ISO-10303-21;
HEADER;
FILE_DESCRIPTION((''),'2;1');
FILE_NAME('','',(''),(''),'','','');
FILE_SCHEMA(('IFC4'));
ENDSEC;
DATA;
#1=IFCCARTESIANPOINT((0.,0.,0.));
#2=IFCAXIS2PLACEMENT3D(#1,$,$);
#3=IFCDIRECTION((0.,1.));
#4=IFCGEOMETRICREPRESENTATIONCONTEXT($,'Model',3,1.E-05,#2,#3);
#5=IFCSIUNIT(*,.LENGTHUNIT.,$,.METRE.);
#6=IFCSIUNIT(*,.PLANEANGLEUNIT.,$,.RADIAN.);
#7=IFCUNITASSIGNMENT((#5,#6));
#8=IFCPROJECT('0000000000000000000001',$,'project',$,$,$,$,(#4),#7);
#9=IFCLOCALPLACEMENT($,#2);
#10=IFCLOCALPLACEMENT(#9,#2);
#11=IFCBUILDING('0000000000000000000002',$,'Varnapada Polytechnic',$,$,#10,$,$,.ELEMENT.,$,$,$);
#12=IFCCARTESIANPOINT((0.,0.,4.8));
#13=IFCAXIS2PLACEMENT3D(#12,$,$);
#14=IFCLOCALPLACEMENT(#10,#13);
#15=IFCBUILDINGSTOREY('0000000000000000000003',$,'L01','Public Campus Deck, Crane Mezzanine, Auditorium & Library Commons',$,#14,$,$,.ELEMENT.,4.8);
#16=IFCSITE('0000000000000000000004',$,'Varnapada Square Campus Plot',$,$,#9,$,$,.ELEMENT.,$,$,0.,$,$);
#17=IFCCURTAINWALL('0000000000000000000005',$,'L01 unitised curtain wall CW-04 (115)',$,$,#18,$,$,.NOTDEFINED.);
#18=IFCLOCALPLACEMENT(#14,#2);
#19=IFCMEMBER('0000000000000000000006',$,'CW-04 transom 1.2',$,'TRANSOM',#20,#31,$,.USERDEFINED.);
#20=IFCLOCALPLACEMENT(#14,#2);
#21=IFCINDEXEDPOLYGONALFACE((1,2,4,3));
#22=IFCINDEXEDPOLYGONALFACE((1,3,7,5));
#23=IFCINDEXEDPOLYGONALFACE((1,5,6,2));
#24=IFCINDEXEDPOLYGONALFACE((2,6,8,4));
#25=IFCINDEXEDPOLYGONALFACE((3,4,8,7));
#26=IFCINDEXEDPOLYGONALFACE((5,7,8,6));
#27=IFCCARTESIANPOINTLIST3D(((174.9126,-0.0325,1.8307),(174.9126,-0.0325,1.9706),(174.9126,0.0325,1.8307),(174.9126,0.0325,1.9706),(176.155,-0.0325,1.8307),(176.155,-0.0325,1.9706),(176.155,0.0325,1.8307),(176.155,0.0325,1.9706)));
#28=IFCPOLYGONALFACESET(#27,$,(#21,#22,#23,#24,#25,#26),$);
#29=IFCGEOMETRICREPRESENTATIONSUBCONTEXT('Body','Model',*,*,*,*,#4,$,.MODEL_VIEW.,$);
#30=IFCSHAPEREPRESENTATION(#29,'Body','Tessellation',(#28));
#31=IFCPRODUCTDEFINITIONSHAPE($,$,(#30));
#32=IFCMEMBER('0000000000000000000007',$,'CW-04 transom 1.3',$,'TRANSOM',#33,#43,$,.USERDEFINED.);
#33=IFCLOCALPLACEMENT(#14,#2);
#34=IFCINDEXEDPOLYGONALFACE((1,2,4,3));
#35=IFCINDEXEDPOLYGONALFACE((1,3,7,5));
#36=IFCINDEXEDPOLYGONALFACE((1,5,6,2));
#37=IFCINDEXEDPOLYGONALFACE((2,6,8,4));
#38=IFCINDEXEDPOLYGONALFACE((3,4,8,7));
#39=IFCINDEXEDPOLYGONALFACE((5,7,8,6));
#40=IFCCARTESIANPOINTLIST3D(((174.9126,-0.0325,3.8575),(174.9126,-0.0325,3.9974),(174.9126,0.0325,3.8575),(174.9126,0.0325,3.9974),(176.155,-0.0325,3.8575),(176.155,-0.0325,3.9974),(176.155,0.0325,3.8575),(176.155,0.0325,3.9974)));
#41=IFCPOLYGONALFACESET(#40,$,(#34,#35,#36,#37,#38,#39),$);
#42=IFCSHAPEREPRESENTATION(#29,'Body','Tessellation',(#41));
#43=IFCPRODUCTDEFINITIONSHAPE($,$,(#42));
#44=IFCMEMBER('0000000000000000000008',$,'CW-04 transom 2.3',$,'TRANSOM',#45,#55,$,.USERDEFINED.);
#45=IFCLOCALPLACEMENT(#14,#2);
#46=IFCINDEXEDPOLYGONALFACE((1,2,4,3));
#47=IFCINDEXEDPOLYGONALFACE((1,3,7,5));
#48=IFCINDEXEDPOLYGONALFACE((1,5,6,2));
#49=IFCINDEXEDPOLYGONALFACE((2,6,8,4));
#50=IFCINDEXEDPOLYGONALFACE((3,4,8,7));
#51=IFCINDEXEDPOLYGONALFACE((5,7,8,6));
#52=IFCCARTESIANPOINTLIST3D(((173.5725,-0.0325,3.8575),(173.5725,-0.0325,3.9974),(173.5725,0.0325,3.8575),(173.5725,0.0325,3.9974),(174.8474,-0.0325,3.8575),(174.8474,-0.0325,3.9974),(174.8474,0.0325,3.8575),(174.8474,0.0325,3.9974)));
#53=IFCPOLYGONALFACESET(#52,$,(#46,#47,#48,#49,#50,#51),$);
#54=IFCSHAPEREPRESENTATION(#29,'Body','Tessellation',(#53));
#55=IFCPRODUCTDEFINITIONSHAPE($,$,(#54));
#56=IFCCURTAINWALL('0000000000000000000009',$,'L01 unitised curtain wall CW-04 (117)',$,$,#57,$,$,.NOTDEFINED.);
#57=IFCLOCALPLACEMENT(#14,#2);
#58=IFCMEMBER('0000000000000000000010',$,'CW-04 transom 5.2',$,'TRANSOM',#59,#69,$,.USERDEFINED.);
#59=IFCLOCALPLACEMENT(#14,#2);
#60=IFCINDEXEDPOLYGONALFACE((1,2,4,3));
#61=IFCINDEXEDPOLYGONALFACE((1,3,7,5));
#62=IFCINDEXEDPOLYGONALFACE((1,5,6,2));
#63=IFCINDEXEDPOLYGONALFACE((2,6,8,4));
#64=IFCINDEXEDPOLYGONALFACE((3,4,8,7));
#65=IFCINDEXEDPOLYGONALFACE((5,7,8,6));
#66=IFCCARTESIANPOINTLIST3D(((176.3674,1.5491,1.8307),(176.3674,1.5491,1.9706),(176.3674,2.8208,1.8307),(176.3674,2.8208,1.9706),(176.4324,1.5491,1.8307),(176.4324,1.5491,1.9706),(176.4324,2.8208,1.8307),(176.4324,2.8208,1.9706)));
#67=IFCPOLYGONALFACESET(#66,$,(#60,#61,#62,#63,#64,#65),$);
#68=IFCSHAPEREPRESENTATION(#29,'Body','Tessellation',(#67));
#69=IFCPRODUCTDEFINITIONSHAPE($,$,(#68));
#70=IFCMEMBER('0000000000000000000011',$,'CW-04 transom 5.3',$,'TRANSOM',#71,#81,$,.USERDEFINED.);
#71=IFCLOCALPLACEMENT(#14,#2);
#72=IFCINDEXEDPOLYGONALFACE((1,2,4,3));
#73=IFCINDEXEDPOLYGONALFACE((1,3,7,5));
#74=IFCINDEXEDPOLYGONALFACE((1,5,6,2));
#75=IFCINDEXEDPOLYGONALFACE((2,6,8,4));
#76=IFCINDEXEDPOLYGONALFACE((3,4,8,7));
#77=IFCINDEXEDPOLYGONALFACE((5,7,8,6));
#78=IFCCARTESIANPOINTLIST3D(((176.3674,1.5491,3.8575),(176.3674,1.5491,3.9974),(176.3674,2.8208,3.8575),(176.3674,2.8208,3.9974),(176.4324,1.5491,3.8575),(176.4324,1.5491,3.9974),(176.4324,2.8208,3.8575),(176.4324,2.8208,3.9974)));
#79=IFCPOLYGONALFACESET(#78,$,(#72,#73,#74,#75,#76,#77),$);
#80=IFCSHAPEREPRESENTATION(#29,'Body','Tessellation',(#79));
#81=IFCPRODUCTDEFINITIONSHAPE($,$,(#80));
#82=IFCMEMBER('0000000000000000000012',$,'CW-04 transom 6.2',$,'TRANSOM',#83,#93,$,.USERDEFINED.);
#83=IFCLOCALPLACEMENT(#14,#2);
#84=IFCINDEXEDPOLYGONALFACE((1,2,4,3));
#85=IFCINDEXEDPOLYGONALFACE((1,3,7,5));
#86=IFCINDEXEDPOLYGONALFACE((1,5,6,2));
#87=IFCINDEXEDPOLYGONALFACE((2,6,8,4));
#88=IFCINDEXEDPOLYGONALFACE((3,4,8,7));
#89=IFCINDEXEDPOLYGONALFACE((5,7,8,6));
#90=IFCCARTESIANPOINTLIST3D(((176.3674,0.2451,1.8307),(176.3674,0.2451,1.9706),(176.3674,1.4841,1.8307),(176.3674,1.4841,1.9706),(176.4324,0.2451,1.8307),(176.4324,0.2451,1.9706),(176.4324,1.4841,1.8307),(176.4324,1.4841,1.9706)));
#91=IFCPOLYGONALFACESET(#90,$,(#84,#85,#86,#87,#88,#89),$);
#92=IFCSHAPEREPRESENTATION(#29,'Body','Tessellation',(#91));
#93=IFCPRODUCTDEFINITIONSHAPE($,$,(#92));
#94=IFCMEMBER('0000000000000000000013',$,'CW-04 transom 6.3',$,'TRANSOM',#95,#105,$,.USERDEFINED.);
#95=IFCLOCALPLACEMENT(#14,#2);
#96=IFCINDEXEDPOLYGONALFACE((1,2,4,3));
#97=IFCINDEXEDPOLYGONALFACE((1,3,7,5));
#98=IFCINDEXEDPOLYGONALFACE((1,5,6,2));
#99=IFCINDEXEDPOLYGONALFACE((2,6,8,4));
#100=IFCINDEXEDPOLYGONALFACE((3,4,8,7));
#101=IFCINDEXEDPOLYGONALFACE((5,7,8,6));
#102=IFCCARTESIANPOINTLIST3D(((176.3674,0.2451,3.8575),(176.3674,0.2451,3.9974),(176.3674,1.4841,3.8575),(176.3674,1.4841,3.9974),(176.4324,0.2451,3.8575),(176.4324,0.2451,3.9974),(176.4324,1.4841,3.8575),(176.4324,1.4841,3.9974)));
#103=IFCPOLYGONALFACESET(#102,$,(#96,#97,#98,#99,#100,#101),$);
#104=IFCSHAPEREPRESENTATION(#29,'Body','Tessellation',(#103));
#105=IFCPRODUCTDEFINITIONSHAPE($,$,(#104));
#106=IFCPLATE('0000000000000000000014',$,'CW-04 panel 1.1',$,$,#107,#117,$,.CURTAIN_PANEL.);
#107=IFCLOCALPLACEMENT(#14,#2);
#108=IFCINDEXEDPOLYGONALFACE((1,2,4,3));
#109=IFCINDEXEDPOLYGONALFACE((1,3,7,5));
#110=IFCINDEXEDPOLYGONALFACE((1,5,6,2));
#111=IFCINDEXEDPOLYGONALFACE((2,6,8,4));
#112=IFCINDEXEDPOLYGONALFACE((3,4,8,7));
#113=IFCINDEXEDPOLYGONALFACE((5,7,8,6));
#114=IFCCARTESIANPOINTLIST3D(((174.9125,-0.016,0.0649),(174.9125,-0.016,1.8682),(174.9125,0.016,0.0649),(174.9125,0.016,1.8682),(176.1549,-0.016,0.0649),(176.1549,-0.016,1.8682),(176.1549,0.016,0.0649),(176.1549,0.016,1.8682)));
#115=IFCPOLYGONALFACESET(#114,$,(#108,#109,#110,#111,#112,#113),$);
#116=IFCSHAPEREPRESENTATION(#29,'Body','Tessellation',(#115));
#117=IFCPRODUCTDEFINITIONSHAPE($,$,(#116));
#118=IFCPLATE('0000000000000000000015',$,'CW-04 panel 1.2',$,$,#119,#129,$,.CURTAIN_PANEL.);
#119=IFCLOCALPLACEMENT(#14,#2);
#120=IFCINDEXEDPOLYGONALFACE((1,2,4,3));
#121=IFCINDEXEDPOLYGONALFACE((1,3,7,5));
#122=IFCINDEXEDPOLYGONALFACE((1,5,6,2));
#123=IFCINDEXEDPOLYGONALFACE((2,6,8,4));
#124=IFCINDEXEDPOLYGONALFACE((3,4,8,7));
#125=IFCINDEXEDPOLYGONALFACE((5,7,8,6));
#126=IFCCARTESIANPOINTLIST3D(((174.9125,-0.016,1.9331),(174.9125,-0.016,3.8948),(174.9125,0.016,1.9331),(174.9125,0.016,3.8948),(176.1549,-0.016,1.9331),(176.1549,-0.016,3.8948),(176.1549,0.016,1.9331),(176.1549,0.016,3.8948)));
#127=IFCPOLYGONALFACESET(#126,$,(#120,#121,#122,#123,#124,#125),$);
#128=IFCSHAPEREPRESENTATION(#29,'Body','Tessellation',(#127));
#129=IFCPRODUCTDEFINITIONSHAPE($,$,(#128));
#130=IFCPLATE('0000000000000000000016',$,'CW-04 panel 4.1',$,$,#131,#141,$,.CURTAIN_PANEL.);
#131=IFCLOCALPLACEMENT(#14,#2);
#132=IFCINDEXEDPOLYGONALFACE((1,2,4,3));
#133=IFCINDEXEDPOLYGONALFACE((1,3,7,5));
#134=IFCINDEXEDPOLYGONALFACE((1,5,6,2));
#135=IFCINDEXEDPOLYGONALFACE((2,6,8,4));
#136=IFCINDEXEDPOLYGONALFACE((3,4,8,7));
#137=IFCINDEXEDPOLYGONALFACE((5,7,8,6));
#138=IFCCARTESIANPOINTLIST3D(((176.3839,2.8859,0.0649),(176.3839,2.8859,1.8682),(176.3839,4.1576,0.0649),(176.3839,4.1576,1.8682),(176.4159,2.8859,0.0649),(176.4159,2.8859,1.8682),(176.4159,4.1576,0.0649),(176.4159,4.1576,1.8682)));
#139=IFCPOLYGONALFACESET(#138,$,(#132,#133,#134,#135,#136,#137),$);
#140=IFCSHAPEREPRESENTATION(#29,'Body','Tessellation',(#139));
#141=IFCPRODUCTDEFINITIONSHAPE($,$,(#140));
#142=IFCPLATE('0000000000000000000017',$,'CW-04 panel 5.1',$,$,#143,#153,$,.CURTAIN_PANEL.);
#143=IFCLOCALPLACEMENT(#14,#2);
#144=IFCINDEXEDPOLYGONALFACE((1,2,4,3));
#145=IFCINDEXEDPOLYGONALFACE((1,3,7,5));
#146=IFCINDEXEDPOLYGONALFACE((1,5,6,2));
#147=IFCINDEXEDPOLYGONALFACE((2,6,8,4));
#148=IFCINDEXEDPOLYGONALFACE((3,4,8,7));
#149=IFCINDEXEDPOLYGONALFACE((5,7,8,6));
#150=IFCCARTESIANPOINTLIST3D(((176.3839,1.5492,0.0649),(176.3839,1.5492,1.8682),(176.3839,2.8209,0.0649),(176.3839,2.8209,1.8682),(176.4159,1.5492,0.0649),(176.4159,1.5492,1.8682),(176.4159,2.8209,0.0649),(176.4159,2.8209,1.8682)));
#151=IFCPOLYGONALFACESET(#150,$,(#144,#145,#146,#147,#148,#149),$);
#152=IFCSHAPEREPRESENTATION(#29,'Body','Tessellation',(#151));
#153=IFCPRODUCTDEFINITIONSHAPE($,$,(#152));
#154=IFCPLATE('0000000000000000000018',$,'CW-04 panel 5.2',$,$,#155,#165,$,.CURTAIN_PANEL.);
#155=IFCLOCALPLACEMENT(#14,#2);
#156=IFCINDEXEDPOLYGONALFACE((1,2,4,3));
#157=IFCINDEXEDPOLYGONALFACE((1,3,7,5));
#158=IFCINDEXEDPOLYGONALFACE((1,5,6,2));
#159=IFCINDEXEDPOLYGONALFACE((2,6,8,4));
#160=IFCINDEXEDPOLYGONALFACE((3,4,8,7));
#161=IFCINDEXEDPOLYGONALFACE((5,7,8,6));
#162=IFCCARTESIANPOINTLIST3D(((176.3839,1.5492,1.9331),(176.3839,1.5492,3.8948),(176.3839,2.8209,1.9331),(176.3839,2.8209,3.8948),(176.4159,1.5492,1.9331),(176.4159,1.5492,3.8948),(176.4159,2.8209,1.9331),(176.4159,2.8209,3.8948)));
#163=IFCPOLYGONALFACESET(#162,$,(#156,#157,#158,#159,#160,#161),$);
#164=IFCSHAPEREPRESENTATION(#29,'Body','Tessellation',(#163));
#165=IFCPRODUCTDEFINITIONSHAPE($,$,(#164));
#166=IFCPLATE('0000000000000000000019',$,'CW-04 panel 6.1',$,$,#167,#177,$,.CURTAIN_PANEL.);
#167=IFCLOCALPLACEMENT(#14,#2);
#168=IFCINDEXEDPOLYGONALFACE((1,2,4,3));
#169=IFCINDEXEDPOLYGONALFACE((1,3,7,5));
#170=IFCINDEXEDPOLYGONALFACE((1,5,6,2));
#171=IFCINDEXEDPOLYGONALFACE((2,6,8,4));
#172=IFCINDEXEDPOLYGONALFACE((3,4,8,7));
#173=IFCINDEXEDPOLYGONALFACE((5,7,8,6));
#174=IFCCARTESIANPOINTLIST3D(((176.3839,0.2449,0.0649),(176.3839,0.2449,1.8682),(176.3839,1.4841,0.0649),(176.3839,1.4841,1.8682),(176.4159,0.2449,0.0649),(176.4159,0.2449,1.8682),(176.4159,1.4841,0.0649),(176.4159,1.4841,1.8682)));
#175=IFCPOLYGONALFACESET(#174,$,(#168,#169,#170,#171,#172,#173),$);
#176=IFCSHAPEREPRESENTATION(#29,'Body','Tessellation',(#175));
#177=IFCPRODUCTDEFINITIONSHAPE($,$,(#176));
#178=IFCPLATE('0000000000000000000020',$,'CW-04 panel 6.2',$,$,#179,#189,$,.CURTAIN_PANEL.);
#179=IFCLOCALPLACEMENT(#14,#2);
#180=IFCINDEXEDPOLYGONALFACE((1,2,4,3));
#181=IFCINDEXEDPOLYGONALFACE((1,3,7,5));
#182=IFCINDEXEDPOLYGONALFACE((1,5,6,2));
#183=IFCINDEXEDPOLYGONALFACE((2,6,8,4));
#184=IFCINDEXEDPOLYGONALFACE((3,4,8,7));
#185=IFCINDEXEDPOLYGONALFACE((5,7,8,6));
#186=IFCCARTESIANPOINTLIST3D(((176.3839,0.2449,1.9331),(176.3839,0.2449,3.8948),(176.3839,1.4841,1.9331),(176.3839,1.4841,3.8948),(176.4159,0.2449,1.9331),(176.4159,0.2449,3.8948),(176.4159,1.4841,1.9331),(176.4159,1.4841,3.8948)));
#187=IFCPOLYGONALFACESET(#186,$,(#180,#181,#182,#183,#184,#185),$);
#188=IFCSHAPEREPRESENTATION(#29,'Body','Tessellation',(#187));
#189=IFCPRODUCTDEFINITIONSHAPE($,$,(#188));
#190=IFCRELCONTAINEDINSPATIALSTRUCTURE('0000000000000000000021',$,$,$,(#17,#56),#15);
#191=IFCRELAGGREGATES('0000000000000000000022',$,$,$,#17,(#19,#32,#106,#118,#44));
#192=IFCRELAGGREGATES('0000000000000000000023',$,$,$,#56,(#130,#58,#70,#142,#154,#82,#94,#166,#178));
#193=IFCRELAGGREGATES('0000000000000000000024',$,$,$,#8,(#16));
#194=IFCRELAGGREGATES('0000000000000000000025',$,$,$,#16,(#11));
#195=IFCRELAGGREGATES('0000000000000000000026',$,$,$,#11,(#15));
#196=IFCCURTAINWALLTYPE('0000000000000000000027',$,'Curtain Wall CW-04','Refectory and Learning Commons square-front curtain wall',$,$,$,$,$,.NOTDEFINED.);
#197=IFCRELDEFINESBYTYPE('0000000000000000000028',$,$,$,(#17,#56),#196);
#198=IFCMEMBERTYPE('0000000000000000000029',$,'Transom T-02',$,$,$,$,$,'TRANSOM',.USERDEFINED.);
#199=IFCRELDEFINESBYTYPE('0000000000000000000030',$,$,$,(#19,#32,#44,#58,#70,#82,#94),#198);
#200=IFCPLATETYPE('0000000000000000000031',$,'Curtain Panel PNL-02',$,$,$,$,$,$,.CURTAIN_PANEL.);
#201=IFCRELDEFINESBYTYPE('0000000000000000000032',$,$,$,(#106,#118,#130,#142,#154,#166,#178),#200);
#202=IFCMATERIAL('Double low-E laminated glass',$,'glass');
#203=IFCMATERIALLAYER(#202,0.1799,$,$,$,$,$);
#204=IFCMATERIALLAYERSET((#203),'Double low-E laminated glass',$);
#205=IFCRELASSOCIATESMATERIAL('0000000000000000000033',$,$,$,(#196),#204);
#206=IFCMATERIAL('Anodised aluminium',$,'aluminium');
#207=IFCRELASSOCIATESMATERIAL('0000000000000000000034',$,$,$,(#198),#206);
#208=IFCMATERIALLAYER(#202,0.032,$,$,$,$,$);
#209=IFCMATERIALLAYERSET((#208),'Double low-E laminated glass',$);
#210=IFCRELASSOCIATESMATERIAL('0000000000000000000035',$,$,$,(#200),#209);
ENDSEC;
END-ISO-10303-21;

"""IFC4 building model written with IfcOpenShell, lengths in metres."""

from ifc_helpers import new_model, si_unit, direction, frame, origin, origin_2d, place, context, subcontext, project, spatial, rectangle, extrude, material, layer, layer_set, material_profile, profile_set, type_object, element, aggregate, save


model = new_model("IFC4")

# Units and contexts
model_context = context("Model", 3, precision=1e-05, world=origin(), true_north=direction((0.0, 1.0)))
body_context = subcontext(model_context, "Body", "Model", "MODEL_VIEW")
ifc_project = project(units=[si_unit("LENGTHUNIT", "METRE"), si_unit("PLANEANGLEUNIT", "RADIAN")], contexts=[model_context])

# Site, building, storey
site_placement = place(None, origin())
site = spatial("IfcSite", under=ifc_project, at=site_placement, Name="Varnapada Square Campus Plot", CompositionType="ELEMENT", RefElevation=0.0)
building_placement = place(site_placement, origin())
building = spatial("IfcBuilding", under=site, at=building_placement, Name="Varnapada Polytechnic", CompositionType="ELEMENT")
storey_placement = place(building_placement, frame((0.0, 0.0, 4.8)))
storey = spatial("IfcBuildingStorey", under=building, at=storey_placement, Name="L01", Description="Public Campus Deck, Crane Mezzanine, Auditorium & Library Commons", CompositionType="ELEMENT", Elevation=4.8)

# Curtain walls, members
ifc_material_1 = material(Name="Double low-E laminated glass", Category="glass")
ifc_layer_1 = layer(ifc_material_1, 0.1799)
ifc_layer_set_1 = layer_set([ifc_layer_1], Name="Double low-E laminated glass")
curtain_wall_type = type_object("IfcCurtainWallType", Name="Curtain Wall CW-04", Description="Refectory and Learning Commons square-front curtain wall", PredefinedType="NOTDEFINED", material=ifc_layer_set_1)
curtain_wall_1_placement = place(storey_placement, origin())
curtain_wall_1 = element("IfcCurtainWall", 1, at=curtain_wall_1_placement, inside=storey, type_object=curtain_wall_type, Name="L01 unitised curtain wall CW-04 (115)", PredefinedType="NOTDEFINED")
ifc_material_2 = material(Name="Anodised aluminium", Category="aluminium")
ifc_material_profile = material_profile(ifc_material_2, rectangle(XDim=0.0649, YDim=0.1399, at=origin_2d()), Name="ALU T65x140")
ifc_profile_set = profile_set([ifc_material_profile], Name="Anodised aluminium")
member_type = type_object("IfcMemberType", Name="Transom T-02", ElementType="TRANSOM", PredefinedType="USERDEFINED", material=ifc_profile_set)
member_1_placement = place(storey_placement, frame((176.155, 0.0, 1.9006), z_axis=(-1.0, 0.0, 0.0), x_axis=(0.0, -1.0, 0.0)))
member_1 = element("IfcMember", 2, at=member_1_placement, type_object=member_type, Name="CW-04 transom 1.2", ObjectType="TRANSOM", PredefinedType="USERDEFINED", context=body_context, shape_type="SweptSolid", body=[
    extrude(rectangle(XDim=0.0649, YDim=0.1399, at=origin_2d()), origin(), (0.0, 0.0, 1.0), 1.2424),
])
member_2_placement = place(storey_placement, frame((176.155, 0.0, 3.9275), z_axis=(-1.0, 0.0, 0.0), x_axis=(0.0, -1.0, 0.0)))
member_2 = element("IfcMember", 3, at=member_2_placement, type_object=member_type, Name="CW-04 transom 1.3", ObjectType="TRANSOM", PredefinedType="USERDEFINED", context=body_context, shape_type="SweptSolid", body=[
    extrude(rectangle(XDim=0.0649, YDim=0.1399, at=origin_2d()), origin(), (0.0, 0.0, 1.0), 1.2424),
])
member_3_placement = place(storey_placement, frame((174.8474, 0.0, 3.9275), z_axis=(-1.0, 0.0, 0.0), x_axis=(0.0, -1.0, 0.0)))
member_3 = element("IfcMember", 4, at=member_3_placement, type_object=member_type, Name="CW-04 transom 2.3", ObjectType="TRANSOM", PredefinedType="USERDEFINED", context=body_context, shape_type="SweptSolid", body=[
    extrude(rectangle(XDim=0.0649, YDim=0.1399, at=origin_2d()), origin(), (0.0, 0.0, 1.0), 1.2749),
])
curtain_wall_2_placement = place(storey_placement, origin())
curtain_wall_2 = element("IfcCurtainWall", 5, at=curtain_wall_2_placement, inside=storey, type_object=curtain_wall_type, Name="L01 unitised curtain wall CW-04 (117)", PredefinedType="NOTDEFINED")
member_4_placement = place(storey_placement, frame((176.3999, 2.8208, 1.9006), z_axis=(0.0, -1.0, 0.0), x_axis=(1.0, 0.0, 0.0)))
member_4 = element("IfcMember", 6, at=member_4_placement, type_object=member_type, Name="CW-04 transom 5.2", ObjectType="TRANSOM", PredefinedType="USERDEFINED", context=body_context, shape_type="SweptSolid", body=[
    extrude(rectangle(XDim=0.0649, YDim=0.1399, at=origin_2d()), origin(), (0.0, 0.0, 1.0), 1.2717),
])
member_5_placement = place(storey_placement, frame((176.3999, 2.8208, 3.9275), z_axis=(0.0, -1.0, 0.0), x_axis=(1.0, 0.0, 0.0)))
member_5 = element("IfcMember", 7, at=member_5_placement, type_object=member_type, Name="CW-04 transom 5.3", ObjectType="TRANSOM", PredefinedType="USERDEFINED", context=body_context, shape_type="SweptSolid", body=[
    extrude(rectangle(XDim=0.0649, YDim=0.1399, at=origin_2d()), origin(), (0.0, 0.0, 1.0), 1.2717),
])
member_6_placement = place(storey_placement, frame((176.3999, 1.4841, 1.9006), z_axis=(0.0, -1.0, 0.0), x_axis=(1.0, 0.0, 0.0)))
member_6 = element("IfcMember", 8, at=member_6_placement, type_object=member_type, Name="CW-04 transom 6.2", ObjectType="TRANSOM", PredefinedType="USERDEFINED", context=body_context, shape_type="SweptSolid", body=[
    extrude(rectangle(XDim=0.0649, YDim=0.1399, at=origin_2d()), origin(), (0.0, 0.0, 1.0), 1.239),
])
member_7_placement = place(storey_placement, frame((176.3999, 1.4841, 3.9275), z_axis=(0.0, -1.0, 0.0), x_axis=(1.0, 0.0, 0.0)))
member_7 = element("IfcMember", 9, at=member_7_placement, type_object=member_type, Name="CW-04 transom 6.3", ObjectType="TRANSOM", PredefinedType="USERDEFINED", context=body_context, shape_type="SweptSolid", body=[
    extrude(rectangle(XDim=0.0649, YDim=0.1399, at=origin_2d()), origin(), (0.0, 0.0, 1.0), 1.239),
])

# Plates
ifc_layer_2 = layer(ifc_material_1, 0.032)
ifc_layer_set_2 = layer_set([ifc_layer_2], Name="Double low-E laminated glass")
plate_type = type_object("IfcPlateType", Name="Curtain Panel PNL-02", PredefinedType="CURTAIN_PANEL", material=ifc_layer_set_2)
plate_1_placement = place(storey_placement, frame((175.5337, 0.0, 0.0649), z_axis=(0.0, 0.0, 1.0), x_axis=(-1.0, 0.0, 0.0)))
plate_1 = element("IfcPlate", 10, at=plate_1_placement, type_object=plate_type, Name="CW-04 panel 1.1", PredefinedType="CURTAIN_PANEL", context=body_context, shape_type="SweptSolid", body=[
    extrude(rectangle(XDim=1.2424, YDim=0.032, at=origin_2d()), origin(), (0.0, 0.0, 1.0), 1.8032),
])
plate_2_placement = place(storey_placement, frame((175.5337, 0.0, 1.9331), z_axis=(0.0, 0.0, 1.0), x_axis=(-1.0, 0.0, 0.0)))
plate_2 = element("IfcPlate", 11, at=plate_2_placement, type_object=plate_type, Name="CW-04 panel 1.2", PredefinedType="CURTAIN_PANEL", context=body_context, shape_type="SweptSolid", body=[
    extrude(rectangle(XDim=1.2424, YDim=0.032, at=origin_2d()), origin(), (0.0, 0.0, 1.0), 1.9617),
])
aggregate(curtain_wall_1, [member_1, member_2, plate_1, plate_2, member_3])
plate_3_placement = place(storey_placement, frame((176.3999, 3.5217, 0.0649), z_axis=(0.0, 0.0, 1.0), x_axis=(0.0, -1.0, 0.0)))
plate_3 = element("IfcPlate", 12, at=plate_3_placement, type_object=plate_type, Name="CW-04 panel 4.1", PredefinedType="CURTAIN_PANEL", context=body_context, shape_type="SweptSolid", body=[
    extrude(rectangle(XDim=1.2717, YDim=0.032, at=origin_2d()), origin(), (0.0, 0.0, 1.0), 1.8032),
])
plate_4_placement = place(storey_placement, frame((176.3999, 2.1851, 0.0649), z_axis=(0.0, 0.0, 1.0), x_axis=(0.0, -1.0, 0.0)))
plate_4 = element("IfcPlate", 13, at=plate_4_placement, type_object=plate_type, Name="CW-04 panel 5.1", PredefinedType="CURTAIN_PANEL", context=body_context, shape_type="SweptSolid", body=[
    extrude(rectangle(XDim=1.2717, YDim=0.032, at=origin_2d()), origin(), (0.0, 0.0, 1.0), 1.8032),
])
plate_5_placement = place(storey_placement, frame((176.3999, 2.1851, 1.9331), z_axis=(0.0, 0.0, 1.0), x_axis=(0.0, -1.0, 0.0)))
plate_5 = element("IfcPlate", 14, at=plate_5_placement, type_object=plate_type, Name="CW-04 panel 5.2", PredefinedType="CURTAIN_PANEL", context=body_context, shape_type="SweptSolid", body=[
    extrude(rectangle(XDim=1.2717, YDim=0.032, at=origin_2d()), origin(), (0.0, 0.0, 1.0), 1.9617),
])
plate_6_placement = place(storey_placement, frame((176.3999, 0.8645, 0.0649), z_axis=(0.0, 0.0, 1.0), x_axis=(0.0, -1.0, 0.0)))
plate_6 = element("IfcPlate", 15, at=plate_6_placement, type_object=plate_type, Name="CW-04 panel 6.1", PredefinedType="CURTAIN_PANEL", context=body_context, shape_type="SweptSolid", body=[
    extrude(rectangle(XDim=1.2393, YDim=0.032, at=origin_2d()), origin(), (0.0, 0.0, 1.0), 1.8032),
])
plate_7_placement = place(storey_placement, frame((176.3999, 0.8645, 1.9331), z_axis=(0.0, 0.0, 1.0), x_axis=(0.0, -1.0, 0.0)))
plate_7 = element("IfcPlate", 16, at=plate_7_placement, type_object=plate_type, Name="CW-04 panel 6.2", PredefinedType="CURTAIN_PANEL", context=body_context, shape_type="SweptSolid", body=[
    extrude(rectangle(XDim=1.2393, YDim=0.032, at=origin_2d()), origin(), (0.0, 0.0, 1.0), 1.9617),
])
aggregate(curtain_wall_2, [plate_3, member_4, member_5, plate_4, plate_5, member_6, member_7, plate_6, plate_7])

save(model, "model.ifc")
